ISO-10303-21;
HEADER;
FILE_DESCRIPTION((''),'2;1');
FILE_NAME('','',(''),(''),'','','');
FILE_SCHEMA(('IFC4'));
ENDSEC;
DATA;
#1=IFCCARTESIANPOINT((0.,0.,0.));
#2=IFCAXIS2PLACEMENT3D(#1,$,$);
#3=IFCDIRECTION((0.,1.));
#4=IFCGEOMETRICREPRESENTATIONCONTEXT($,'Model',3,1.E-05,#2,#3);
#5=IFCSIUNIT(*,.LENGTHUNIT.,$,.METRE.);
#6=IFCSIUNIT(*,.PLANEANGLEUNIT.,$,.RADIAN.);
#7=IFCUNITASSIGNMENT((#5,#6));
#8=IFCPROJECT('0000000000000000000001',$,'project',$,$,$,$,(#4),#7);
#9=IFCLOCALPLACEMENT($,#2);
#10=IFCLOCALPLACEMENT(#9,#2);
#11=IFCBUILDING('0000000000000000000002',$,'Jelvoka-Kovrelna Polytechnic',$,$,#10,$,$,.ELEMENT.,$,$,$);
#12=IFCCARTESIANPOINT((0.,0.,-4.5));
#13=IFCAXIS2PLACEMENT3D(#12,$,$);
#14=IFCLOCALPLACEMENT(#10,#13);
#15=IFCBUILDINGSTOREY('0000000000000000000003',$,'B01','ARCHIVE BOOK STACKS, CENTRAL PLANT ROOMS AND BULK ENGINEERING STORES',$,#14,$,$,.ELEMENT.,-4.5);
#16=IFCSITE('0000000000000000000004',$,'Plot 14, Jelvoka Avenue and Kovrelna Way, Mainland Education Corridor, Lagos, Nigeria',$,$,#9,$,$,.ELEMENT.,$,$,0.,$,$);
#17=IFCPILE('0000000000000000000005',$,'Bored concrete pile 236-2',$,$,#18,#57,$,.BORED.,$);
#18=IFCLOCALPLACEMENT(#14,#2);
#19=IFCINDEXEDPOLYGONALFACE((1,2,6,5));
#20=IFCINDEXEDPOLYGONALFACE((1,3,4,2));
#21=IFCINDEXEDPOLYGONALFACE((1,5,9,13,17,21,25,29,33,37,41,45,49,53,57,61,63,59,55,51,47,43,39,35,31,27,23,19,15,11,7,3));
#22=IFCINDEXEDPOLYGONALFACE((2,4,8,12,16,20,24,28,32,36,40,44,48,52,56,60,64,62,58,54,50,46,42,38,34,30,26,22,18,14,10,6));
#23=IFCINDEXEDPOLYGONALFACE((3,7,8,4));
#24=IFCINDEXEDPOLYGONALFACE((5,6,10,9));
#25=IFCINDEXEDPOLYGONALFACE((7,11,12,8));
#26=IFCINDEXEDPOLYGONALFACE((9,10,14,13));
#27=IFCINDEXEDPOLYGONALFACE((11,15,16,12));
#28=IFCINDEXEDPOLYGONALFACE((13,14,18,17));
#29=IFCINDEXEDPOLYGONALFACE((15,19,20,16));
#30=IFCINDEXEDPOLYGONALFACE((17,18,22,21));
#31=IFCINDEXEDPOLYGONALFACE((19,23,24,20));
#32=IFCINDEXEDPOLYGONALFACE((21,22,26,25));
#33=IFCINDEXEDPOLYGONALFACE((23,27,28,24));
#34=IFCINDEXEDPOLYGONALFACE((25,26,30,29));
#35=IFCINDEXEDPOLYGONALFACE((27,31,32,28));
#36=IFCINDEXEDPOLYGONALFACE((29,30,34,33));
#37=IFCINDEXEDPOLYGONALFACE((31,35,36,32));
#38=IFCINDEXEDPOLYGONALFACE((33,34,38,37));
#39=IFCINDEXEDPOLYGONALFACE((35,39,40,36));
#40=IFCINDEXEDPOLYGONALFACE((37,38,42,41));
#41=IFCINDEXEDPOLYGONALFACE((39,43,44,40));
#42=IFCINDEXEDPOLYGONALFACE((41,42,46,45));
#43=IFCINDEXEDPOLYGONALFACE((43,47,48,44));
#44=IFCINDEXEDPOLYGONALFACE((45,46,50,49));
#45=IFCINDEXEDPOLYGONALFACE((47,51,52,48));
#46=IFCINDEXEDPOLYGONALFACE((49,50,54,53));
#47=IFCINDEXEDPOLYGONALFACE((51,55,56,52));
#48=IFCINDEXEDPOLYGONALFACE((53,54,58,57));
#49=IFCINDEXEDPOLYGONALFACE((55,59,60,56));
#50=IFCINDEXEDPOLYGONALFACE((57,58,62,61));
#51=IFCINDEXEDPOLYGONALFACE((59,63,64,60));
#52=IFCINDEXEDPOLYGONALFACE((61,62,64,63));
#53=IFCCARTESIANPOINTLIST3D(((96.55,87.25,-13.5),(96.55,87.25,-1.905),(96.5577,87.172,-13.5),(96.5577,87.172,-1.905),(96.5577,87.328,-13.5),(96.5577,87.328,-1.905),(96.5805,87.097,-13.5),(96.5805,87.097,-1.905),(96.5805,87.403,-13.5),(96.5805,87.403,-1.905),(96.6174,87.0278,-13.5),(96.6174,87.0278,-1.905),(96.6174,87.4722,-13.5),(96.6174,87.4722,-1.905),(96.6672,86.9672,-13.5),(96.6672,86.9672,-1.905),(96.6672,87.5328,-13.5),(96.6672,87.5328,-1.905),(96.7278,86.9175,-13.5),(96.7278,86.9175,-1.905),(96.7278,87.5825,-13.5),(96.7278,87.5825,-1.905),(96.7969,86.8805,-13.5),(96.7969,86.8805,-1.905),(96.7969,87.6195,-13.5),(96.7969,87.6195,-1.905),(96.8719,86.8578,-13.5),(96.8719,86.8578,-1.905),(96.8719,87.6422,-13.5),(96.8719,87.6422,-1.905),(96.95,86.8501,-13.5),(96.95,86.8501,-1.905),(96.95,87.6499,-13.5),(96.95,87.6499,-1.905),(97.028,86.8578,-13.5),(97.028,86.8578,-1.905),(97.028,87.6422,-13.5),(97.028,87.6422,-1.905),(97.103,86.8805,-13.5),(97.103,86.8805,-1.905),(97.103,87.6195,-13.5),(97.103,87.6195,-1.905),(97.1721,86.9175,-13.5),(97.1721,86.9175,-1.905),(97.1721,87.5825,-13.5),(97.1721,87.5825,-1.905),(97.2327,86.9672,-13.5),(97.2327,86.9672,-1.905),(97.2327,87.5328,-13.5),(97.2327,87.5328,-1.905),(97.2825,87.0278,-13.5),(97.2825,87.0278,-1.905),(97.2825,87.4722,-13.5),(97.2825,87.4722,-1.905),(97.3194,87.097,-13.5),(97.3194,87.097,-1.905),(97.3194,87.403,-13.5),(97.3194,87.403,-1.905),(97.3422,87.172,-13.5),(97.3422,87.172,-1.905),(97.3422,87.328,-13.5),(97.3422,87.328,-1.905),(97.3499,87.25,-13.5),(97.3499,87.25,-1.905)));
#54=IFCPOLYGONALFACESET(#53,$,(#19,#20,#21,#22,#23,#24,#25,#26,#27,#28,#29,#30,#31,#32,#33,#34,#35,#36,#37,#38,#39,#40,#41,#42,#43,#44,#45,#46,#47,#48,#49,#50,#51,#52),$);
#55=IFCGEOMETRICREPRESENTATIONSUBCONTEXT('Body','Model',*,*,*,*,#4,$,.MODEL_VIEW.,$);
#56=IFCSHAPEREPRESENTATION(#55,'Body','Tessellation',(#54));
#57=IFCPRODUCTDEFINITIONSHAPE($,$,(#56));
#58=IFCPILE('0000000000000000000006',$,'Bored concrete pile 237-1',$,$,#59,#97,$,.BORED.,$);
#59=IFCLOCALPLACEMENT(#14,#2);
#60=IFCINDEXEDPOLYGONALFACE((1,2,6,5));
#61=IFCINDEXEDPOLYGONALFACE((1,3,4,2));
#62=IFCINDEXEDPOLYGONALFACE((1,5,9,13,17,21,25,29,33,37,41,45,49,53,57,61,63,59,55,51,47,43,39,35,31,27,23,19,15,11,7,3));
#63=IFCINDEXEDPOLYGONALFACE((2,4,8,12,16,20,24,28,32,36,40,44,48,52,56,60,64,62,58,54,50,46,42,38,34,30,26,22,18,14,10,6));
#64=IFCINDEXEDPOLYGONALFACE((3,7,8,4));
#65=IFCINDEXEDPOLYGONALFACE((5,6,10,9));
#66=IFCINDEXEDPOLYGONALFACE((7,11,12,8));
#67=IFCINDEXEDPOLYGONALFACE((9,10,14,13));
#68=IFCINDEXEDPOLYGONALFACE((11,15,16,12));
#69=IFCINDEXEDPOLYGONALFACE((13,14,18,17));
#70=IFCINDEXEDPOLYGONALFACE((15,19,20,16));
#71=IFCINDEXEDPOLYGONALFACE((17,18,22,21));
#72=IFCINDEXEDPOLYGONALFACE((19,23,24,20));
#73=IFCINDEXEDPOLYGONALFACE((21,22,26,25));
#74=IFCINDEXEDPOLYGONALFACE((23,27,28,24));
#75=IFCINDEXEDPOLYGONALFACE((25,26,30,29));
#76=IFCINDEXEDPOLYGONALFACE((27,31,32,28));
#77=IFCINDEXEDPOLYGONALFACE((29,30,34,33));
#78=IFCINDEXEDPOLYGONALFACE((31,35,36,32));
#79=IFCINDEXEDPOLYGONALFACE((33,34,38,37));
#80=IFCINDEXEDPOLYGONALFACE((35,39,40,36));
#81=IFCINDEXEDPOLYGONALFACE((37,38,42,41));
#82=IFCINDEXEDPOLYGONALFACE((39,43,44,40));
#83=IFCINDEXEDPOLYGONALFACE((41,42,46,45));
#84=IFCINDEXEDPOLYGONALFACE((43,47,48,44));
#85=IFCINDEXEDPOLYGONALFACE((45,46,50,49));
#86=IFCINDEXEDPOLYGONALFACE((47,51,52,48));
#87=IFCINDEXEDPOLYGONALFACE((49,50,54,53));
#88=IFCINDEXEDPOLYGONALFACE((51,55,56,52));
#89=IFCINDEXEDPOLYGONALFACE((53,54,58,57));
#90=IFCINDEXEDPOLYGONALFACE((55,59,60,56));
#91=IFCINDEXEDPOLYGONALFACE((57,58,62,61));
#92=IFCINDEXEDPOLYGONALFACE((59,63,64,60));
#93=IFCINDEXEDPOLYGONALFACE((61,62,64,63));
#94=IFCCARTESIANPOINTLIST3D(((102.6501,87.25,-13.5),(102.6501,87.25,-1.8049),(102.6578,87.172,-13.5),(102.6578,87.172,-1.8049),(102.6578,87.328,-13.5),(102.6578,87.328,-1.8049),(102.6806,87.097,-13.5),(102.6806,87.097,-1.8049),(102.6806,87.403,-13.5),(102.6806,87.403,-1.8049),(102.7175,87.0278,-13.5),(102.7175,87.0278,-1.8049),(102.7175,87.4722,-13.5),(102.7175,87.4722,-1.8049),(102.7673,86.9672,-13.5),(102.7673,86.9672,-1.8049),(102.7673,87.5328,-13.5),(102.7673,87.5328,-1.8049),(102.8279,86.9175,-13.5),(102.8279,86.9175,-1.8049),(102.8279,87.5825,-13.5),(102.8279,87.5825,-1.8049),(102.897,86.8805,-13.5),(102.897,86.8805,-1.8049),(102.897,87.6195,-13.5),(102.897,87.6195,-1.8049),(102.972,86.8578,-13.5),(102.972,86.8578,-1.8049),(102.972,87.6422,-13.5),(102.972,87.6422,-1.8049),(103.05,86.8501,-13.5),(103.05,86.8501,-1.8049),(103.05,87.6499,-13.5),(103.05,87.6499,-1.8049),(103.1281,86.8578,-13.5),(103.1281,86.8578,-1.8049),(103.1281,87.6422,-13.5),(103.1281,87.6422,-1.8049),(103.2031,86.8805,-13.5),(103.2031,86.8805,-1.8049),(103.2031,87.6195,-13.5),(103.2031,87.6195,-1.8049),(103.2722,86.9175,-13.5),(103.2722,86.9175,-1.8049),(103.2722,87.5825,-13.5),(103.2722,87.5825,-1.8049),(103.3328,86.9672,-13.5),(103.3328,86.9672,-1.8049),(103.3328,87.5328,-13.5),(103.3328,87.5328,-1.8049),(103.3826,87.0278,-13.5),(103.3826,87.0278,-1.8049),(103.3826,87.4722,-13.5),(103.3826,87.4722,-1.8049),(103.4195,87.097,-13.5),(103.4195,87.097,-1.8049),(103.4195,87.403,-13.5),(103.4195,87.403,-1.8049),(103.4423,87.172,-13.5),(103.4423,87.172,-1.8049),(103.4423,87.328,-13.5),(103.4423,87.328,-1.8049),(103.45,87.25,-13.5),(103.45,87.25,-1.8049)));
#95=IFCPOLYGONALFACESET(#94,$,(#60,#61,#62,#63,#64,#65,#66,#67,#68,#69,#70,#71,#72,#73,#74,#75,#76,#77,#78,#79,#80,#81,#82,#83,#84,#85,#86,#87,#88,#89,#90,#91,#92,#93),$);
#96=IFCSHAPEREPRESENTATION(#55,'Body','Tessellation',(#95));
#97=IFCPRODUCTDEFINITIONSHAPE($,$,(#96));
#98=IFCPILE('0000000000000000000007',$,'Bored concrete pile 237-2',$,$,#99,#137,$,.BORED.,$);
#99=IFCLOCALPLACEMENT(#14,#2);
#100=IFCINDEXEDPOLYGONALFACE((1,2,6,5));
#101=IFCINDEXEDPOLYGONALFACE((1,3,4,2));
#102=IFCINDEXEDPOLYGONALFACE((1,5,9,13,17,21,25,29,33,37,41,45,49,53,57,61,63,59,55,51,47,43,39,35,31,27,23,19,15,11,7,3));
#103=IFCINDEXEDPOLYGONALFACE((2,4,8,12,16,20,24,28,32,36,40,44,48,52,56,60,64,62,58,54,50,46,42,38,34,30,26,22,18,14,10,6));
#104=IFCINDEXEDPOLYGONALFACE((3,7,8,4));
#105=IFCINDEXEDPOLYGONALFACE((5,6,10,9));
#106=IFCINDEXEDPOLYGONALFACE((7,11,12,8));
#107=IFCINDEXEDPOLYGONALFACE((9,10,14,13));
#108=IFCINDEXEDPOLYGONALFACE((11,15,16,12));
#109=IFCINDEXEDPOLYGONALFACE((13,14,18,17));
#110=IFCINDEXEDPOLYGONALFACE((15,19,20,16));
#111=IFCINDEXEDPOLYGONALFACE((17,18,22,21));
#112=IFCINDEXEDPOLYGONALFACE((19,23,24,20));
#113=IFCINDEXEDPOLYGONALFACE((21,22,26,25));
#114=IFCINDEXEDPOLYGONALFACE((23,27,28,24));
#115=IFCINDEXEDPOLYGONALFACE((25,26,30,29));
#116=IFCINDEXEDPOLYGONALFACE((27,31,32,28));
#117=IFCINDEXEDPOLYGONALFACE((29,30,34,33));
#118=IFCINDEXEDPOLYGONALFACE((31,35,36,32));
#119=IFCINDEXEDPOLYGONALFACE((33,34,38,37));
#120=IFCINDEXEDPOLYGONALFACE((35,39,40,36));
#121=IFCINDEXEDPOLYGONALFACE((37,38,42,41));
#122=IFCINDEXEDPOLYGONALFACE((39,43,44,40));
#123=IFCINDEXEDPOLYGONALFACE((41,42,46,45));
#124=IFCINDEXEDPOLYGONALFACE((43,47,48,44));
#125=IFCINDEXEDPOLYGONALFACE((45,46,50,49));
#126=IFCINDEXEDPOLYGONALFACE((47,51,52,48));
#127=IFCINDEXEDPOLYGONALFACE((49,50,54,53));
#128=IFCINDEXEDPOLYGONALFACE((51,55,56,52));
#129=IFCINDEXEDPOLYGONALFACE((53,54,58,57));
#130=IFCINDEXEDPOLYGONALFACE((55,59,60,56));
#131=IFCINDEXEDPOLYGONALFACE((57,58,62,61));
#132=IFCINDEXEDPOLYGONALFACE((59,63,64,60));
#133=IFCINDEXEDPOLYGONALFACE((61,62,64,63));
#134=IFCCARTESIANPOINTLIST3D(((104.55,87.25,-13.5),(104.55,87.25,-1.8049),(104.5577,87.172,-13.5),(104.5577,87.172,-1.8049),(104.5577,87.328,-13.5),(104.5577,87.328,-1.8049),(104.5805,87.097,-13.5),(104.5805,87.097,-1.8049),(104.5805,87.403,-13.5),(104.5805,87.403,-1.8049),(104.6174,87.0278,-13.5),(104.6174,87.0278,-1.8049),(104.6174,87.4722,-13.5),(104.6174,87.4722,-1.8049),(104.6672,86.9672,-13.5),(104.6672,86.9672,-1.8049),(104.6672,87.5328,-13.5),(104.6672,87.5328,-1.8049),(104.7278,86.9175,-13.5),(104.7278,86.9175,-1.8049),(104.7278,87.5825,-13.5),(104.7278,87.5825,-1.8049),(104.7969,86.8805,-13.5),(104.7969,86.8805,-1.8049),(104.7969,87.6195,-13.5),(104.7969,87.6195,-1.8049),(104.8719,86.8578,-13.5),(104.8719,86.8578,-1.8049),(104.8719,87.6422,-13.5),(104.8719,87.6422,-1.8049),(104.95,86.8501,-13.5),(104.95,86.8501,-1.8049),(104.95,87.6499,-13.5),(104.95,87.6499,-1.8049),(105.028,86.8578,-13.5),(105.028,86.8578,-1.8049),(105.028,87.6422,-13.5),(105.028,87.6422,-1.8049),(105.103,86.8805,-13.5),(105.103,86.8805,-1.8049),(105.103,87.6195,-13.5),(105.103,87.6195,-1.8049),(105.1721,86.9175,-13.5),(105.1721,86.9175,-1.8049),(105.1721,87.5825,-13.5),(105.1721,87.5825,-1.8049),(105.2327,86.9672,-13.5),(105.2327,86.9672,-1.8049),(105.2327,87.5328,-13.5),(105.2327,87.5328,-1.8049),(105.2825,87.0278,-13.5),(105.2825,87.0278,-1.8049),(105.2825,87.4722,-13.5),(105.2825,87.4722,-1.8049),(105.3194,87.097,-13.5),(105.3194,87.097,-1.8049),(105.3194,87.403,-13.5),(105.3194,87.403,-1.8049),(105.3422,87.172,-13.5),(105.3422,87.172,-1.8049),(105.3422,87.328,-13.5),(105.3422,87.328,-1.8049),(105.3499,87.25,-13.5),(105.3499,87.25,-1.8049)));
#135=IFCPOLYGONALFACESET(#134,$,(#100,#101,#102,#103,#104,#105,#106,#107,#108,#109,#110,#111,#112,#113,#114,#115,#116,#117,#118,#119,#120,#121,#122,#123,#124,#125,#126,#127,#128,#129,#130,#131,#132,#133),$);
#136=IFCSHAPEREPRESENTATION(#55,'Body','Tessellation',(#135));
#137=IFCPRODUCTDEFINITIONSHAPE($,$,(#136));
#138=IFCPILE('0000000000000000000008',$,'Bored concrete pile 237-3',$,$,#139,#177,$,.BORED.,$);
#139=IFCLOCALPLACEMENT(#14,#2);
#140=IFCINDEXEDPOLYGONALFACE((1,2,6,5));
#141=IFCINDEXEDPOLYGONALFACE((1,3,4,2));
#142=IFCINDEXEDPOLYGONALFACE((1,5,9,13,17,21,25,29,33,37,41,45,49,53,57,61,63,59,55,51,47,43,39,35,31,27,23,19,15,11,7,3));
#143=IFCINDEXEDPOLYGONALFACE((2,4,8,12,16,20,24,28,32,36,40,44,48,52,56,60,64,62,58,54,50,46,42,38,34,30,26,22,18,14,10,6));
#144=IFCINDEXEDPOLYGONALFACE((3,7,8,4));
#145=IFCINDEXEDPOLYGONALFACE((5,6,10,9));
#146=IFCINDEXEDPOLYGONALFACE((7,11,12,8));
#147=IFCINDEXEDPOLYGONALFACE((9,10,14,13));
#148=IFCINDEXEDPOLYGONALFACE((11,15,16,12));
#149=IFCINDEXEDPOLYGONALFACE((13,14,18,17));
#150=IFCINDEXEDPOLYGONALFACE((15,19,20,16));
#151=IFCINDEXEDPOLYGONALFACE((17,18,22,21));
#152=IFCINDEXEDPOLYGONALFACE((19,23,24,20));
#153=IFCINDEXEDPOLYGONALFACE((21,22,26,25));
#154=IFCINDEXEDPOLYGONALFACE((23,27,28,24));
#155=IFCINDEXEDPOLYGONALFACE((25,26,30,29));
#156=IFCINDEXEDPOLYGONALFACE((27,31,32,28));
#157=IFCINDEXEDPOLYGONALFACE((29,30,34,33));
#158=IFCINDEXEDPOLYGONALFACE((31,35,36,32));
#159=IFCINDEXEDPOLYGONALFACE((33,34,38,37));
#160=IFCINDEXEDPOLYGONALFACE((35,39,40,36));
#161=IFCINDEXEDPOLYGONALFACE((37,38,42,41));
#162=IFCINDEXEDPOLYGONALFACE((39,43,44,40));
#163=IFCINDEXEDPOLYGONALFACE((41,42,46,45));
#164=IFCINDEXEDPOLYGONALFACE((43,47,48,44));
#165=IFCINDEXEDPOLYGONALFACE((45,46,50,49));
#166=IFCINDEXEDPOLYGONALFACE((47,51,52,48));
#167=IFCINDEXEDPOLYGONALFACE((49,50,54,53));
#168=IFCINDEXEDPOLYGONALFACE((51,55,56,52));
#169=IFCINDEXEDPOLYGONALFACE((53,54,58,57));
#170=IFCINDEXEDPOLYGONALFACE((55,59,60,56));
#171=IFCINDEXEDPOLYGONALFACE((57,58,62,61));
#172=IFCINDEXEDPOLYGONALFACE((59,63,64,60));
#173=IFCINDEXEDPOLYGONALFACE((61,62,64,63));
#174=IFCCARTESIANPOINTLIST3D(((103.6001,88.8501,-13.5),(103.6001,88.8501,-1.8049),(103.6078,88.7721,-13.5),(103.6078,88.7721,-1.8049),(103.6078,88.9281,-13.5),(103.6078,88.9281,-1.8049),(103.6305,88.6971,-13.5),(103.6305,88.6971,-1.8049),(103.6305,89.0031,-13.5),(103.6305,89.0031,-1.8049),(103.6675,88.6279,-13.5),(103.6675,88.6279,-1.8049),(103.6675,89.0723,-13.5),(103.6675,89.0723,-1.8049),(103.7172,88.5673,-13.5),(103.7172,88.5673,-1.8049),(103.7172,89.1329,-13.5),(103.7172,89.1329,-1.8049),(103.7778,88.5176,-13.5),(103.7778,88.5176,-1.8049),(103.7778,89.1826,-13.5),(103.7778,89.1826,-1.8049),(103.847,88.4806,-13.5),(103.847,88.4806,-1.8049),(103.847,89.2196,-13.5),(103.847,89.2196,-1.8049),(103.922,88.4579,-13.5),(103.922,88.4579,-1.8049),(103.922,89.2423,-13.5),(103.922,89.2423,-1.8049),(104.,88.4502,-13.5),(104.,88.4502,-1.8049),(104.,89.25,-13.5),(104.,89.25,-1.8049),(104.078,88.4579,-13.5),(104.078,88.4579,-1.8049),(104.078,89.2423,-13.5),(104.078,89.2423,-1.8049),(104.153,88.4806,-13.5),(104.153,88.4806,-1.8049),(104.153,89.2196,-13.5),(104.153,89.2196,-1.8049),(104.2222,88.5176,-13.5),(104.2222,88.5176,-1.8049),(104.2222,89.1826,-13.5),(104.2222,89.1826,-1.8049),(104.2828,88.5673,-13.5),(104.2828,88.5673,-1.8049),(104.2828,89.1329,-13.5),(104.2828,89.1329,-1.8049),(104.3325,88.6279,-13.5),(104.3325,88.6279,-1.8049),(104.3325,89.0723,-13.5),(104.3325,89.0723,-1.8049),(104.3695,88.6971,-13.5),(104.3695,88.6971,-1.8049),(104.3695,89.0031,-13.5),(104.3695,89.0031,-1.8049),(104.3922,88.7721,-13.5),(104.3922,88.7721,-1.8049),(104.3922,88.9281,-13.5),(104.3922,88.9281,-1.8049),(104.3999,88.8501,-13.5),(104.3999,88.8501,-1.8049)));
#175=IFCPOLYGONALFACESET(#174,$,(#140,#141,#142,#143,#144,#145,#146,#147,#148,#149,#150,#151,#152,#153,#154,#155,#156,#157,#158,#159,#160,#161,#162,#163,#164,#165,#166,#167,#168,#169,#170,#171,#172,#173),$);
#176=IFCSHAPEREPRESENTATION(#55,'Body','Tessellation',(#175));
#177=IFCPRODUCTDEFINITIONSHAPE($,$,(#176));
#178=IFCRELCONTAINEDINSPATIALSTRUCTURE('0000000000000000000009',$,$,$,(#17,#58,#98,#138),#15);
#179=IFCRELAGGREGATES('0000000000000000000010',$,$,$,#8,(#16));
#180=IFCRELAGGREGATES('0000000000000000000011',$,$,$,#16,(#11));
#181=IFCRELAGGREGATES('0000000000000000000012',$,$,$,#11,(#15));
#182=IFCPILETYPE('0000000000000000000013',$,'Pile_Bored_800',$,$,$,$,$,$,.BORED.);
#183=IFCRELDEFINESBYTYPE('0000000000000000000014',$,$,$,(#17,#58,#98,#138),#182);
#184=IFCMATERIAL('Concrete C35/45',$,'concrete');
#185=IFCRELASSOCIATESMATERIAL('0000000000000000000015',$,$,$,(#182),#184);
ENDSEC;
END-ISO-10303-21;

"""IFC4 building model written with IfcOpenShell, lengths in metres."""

from ifc_helpers import new_model, si_unit, direction, frame, origin, origin_2d, place, context, subcontext, project, spatial, circle, extrude, material, material_profile, profile_set, type_object, element, save


model = new_model("IFC4")

# Units and contexts
model_context = context("Model", 3, precision=1e-05, world=origin(), true_north=direction((0.0, 1.0)))
body_context = subcontext(model_context, "Body", "Model", "MODEL_VIEW")
ifc_project = project(units=[si_unit("LENGTHUNIT", "METRE"), si_unit("PLANEANGLEUNIT", "RADIAN")], contexts=[model_context])

# Site, building, storey
site_placement = place(None, origin())
site = spatial("IfcSite", under=ifc_project, at=site_placement, Name="Plot 14, Jelvoka Avenue and Kovrelna Way, Mainland Education Corridor, Lagos, Nigeria", CompositionType="ELEMENT", RefElevation=0.0)
building_placement = place(site_placement, origin())
building = spatial("IfcBuilding", under=site, at=building_placement, Name="Jelvoka-Kovrelna Polytechnic", CompositionType="ELEMENT")
storey_placement = place(building_placement, frame((0.0, 0.0, -4.5)))
storey = spatial("IfcBuildingStorey", under=building, at=storey_placement, Name="B01", Description="ARCHIVE BOOK STACKS, CENTRAL PLANT ROOMS AND BULK ENGINEERING STORES", CompositionType="ELEMENT", Elevation=-4.5)

# Piles
ifc_material_1 = material(Name="Concrete C35/45", Category="concrete")
ifc_material_profile_1 = material_profile(ifc_material_1, circle(Radius=0.3999, at=origin_2d()), Name="PILE D800")
ifc_profile_set_1 = profile_set([ifc_material_profile_1], Name="Concrete C35/45")
pile_type_1 = type_object("IfcPileType", Name="Pile_Bored_800", PredefinedType="BORED", material=ifc_profile_set_1)
pile_1_placement = place(storey_placement, frame((96.95, 87.25, -1.905), z_axis=(0.0, 0.0, -1.0), x_axis=(1.0, 0.0, 0.0)))
element("IfcPile", 1, at=pile_1_placement, inside=storey, type_object=pile_type_1, Name="Bored concrete pile 236-2", PredefinedType="BORED", context=body_context, shape_type="SweptSolid", body=[
    extrude(circle(Radius=0.3999, at=origin_2d()), origin(), (0.0, 0.0, 1.0), 11.595),
])
for number, where, z_axis, x_axis, name in (
    (2, (103.05, 87.25, -1.8049), (0.0, 0.0, -1.0), (1.0, 0.0, 0.0), "Bored concrete pile 237-1"),
    (3, (104.95, 87.25, -1.8049), (0.0, 0.0, -1.0), (1.0, 0.0, 0.0), "Bored concrete pile 237-2"),
    (4, (104.0, 88.8501, -1.8049), (0.0, 0.0, -1.0), (1.0, 0.0, 0.0), "Bored concrete pile 237-3"),
):
    element("IfcPile", number, at=place(storey_placement, frame(where, z_axis=z_axis, x_axis=x_axis)), inside=storey, type_object=pile_type_1, Name=name, PredefinedType="BORED", context=body_context, shape_type="SweptSolid", body=[
        extrude(circle(Radius=0.3999, at=origin_2d()), origin(), (0.0, 0.0, 1.0), 11.6951),
    ])

save(model, "model.ifc")
